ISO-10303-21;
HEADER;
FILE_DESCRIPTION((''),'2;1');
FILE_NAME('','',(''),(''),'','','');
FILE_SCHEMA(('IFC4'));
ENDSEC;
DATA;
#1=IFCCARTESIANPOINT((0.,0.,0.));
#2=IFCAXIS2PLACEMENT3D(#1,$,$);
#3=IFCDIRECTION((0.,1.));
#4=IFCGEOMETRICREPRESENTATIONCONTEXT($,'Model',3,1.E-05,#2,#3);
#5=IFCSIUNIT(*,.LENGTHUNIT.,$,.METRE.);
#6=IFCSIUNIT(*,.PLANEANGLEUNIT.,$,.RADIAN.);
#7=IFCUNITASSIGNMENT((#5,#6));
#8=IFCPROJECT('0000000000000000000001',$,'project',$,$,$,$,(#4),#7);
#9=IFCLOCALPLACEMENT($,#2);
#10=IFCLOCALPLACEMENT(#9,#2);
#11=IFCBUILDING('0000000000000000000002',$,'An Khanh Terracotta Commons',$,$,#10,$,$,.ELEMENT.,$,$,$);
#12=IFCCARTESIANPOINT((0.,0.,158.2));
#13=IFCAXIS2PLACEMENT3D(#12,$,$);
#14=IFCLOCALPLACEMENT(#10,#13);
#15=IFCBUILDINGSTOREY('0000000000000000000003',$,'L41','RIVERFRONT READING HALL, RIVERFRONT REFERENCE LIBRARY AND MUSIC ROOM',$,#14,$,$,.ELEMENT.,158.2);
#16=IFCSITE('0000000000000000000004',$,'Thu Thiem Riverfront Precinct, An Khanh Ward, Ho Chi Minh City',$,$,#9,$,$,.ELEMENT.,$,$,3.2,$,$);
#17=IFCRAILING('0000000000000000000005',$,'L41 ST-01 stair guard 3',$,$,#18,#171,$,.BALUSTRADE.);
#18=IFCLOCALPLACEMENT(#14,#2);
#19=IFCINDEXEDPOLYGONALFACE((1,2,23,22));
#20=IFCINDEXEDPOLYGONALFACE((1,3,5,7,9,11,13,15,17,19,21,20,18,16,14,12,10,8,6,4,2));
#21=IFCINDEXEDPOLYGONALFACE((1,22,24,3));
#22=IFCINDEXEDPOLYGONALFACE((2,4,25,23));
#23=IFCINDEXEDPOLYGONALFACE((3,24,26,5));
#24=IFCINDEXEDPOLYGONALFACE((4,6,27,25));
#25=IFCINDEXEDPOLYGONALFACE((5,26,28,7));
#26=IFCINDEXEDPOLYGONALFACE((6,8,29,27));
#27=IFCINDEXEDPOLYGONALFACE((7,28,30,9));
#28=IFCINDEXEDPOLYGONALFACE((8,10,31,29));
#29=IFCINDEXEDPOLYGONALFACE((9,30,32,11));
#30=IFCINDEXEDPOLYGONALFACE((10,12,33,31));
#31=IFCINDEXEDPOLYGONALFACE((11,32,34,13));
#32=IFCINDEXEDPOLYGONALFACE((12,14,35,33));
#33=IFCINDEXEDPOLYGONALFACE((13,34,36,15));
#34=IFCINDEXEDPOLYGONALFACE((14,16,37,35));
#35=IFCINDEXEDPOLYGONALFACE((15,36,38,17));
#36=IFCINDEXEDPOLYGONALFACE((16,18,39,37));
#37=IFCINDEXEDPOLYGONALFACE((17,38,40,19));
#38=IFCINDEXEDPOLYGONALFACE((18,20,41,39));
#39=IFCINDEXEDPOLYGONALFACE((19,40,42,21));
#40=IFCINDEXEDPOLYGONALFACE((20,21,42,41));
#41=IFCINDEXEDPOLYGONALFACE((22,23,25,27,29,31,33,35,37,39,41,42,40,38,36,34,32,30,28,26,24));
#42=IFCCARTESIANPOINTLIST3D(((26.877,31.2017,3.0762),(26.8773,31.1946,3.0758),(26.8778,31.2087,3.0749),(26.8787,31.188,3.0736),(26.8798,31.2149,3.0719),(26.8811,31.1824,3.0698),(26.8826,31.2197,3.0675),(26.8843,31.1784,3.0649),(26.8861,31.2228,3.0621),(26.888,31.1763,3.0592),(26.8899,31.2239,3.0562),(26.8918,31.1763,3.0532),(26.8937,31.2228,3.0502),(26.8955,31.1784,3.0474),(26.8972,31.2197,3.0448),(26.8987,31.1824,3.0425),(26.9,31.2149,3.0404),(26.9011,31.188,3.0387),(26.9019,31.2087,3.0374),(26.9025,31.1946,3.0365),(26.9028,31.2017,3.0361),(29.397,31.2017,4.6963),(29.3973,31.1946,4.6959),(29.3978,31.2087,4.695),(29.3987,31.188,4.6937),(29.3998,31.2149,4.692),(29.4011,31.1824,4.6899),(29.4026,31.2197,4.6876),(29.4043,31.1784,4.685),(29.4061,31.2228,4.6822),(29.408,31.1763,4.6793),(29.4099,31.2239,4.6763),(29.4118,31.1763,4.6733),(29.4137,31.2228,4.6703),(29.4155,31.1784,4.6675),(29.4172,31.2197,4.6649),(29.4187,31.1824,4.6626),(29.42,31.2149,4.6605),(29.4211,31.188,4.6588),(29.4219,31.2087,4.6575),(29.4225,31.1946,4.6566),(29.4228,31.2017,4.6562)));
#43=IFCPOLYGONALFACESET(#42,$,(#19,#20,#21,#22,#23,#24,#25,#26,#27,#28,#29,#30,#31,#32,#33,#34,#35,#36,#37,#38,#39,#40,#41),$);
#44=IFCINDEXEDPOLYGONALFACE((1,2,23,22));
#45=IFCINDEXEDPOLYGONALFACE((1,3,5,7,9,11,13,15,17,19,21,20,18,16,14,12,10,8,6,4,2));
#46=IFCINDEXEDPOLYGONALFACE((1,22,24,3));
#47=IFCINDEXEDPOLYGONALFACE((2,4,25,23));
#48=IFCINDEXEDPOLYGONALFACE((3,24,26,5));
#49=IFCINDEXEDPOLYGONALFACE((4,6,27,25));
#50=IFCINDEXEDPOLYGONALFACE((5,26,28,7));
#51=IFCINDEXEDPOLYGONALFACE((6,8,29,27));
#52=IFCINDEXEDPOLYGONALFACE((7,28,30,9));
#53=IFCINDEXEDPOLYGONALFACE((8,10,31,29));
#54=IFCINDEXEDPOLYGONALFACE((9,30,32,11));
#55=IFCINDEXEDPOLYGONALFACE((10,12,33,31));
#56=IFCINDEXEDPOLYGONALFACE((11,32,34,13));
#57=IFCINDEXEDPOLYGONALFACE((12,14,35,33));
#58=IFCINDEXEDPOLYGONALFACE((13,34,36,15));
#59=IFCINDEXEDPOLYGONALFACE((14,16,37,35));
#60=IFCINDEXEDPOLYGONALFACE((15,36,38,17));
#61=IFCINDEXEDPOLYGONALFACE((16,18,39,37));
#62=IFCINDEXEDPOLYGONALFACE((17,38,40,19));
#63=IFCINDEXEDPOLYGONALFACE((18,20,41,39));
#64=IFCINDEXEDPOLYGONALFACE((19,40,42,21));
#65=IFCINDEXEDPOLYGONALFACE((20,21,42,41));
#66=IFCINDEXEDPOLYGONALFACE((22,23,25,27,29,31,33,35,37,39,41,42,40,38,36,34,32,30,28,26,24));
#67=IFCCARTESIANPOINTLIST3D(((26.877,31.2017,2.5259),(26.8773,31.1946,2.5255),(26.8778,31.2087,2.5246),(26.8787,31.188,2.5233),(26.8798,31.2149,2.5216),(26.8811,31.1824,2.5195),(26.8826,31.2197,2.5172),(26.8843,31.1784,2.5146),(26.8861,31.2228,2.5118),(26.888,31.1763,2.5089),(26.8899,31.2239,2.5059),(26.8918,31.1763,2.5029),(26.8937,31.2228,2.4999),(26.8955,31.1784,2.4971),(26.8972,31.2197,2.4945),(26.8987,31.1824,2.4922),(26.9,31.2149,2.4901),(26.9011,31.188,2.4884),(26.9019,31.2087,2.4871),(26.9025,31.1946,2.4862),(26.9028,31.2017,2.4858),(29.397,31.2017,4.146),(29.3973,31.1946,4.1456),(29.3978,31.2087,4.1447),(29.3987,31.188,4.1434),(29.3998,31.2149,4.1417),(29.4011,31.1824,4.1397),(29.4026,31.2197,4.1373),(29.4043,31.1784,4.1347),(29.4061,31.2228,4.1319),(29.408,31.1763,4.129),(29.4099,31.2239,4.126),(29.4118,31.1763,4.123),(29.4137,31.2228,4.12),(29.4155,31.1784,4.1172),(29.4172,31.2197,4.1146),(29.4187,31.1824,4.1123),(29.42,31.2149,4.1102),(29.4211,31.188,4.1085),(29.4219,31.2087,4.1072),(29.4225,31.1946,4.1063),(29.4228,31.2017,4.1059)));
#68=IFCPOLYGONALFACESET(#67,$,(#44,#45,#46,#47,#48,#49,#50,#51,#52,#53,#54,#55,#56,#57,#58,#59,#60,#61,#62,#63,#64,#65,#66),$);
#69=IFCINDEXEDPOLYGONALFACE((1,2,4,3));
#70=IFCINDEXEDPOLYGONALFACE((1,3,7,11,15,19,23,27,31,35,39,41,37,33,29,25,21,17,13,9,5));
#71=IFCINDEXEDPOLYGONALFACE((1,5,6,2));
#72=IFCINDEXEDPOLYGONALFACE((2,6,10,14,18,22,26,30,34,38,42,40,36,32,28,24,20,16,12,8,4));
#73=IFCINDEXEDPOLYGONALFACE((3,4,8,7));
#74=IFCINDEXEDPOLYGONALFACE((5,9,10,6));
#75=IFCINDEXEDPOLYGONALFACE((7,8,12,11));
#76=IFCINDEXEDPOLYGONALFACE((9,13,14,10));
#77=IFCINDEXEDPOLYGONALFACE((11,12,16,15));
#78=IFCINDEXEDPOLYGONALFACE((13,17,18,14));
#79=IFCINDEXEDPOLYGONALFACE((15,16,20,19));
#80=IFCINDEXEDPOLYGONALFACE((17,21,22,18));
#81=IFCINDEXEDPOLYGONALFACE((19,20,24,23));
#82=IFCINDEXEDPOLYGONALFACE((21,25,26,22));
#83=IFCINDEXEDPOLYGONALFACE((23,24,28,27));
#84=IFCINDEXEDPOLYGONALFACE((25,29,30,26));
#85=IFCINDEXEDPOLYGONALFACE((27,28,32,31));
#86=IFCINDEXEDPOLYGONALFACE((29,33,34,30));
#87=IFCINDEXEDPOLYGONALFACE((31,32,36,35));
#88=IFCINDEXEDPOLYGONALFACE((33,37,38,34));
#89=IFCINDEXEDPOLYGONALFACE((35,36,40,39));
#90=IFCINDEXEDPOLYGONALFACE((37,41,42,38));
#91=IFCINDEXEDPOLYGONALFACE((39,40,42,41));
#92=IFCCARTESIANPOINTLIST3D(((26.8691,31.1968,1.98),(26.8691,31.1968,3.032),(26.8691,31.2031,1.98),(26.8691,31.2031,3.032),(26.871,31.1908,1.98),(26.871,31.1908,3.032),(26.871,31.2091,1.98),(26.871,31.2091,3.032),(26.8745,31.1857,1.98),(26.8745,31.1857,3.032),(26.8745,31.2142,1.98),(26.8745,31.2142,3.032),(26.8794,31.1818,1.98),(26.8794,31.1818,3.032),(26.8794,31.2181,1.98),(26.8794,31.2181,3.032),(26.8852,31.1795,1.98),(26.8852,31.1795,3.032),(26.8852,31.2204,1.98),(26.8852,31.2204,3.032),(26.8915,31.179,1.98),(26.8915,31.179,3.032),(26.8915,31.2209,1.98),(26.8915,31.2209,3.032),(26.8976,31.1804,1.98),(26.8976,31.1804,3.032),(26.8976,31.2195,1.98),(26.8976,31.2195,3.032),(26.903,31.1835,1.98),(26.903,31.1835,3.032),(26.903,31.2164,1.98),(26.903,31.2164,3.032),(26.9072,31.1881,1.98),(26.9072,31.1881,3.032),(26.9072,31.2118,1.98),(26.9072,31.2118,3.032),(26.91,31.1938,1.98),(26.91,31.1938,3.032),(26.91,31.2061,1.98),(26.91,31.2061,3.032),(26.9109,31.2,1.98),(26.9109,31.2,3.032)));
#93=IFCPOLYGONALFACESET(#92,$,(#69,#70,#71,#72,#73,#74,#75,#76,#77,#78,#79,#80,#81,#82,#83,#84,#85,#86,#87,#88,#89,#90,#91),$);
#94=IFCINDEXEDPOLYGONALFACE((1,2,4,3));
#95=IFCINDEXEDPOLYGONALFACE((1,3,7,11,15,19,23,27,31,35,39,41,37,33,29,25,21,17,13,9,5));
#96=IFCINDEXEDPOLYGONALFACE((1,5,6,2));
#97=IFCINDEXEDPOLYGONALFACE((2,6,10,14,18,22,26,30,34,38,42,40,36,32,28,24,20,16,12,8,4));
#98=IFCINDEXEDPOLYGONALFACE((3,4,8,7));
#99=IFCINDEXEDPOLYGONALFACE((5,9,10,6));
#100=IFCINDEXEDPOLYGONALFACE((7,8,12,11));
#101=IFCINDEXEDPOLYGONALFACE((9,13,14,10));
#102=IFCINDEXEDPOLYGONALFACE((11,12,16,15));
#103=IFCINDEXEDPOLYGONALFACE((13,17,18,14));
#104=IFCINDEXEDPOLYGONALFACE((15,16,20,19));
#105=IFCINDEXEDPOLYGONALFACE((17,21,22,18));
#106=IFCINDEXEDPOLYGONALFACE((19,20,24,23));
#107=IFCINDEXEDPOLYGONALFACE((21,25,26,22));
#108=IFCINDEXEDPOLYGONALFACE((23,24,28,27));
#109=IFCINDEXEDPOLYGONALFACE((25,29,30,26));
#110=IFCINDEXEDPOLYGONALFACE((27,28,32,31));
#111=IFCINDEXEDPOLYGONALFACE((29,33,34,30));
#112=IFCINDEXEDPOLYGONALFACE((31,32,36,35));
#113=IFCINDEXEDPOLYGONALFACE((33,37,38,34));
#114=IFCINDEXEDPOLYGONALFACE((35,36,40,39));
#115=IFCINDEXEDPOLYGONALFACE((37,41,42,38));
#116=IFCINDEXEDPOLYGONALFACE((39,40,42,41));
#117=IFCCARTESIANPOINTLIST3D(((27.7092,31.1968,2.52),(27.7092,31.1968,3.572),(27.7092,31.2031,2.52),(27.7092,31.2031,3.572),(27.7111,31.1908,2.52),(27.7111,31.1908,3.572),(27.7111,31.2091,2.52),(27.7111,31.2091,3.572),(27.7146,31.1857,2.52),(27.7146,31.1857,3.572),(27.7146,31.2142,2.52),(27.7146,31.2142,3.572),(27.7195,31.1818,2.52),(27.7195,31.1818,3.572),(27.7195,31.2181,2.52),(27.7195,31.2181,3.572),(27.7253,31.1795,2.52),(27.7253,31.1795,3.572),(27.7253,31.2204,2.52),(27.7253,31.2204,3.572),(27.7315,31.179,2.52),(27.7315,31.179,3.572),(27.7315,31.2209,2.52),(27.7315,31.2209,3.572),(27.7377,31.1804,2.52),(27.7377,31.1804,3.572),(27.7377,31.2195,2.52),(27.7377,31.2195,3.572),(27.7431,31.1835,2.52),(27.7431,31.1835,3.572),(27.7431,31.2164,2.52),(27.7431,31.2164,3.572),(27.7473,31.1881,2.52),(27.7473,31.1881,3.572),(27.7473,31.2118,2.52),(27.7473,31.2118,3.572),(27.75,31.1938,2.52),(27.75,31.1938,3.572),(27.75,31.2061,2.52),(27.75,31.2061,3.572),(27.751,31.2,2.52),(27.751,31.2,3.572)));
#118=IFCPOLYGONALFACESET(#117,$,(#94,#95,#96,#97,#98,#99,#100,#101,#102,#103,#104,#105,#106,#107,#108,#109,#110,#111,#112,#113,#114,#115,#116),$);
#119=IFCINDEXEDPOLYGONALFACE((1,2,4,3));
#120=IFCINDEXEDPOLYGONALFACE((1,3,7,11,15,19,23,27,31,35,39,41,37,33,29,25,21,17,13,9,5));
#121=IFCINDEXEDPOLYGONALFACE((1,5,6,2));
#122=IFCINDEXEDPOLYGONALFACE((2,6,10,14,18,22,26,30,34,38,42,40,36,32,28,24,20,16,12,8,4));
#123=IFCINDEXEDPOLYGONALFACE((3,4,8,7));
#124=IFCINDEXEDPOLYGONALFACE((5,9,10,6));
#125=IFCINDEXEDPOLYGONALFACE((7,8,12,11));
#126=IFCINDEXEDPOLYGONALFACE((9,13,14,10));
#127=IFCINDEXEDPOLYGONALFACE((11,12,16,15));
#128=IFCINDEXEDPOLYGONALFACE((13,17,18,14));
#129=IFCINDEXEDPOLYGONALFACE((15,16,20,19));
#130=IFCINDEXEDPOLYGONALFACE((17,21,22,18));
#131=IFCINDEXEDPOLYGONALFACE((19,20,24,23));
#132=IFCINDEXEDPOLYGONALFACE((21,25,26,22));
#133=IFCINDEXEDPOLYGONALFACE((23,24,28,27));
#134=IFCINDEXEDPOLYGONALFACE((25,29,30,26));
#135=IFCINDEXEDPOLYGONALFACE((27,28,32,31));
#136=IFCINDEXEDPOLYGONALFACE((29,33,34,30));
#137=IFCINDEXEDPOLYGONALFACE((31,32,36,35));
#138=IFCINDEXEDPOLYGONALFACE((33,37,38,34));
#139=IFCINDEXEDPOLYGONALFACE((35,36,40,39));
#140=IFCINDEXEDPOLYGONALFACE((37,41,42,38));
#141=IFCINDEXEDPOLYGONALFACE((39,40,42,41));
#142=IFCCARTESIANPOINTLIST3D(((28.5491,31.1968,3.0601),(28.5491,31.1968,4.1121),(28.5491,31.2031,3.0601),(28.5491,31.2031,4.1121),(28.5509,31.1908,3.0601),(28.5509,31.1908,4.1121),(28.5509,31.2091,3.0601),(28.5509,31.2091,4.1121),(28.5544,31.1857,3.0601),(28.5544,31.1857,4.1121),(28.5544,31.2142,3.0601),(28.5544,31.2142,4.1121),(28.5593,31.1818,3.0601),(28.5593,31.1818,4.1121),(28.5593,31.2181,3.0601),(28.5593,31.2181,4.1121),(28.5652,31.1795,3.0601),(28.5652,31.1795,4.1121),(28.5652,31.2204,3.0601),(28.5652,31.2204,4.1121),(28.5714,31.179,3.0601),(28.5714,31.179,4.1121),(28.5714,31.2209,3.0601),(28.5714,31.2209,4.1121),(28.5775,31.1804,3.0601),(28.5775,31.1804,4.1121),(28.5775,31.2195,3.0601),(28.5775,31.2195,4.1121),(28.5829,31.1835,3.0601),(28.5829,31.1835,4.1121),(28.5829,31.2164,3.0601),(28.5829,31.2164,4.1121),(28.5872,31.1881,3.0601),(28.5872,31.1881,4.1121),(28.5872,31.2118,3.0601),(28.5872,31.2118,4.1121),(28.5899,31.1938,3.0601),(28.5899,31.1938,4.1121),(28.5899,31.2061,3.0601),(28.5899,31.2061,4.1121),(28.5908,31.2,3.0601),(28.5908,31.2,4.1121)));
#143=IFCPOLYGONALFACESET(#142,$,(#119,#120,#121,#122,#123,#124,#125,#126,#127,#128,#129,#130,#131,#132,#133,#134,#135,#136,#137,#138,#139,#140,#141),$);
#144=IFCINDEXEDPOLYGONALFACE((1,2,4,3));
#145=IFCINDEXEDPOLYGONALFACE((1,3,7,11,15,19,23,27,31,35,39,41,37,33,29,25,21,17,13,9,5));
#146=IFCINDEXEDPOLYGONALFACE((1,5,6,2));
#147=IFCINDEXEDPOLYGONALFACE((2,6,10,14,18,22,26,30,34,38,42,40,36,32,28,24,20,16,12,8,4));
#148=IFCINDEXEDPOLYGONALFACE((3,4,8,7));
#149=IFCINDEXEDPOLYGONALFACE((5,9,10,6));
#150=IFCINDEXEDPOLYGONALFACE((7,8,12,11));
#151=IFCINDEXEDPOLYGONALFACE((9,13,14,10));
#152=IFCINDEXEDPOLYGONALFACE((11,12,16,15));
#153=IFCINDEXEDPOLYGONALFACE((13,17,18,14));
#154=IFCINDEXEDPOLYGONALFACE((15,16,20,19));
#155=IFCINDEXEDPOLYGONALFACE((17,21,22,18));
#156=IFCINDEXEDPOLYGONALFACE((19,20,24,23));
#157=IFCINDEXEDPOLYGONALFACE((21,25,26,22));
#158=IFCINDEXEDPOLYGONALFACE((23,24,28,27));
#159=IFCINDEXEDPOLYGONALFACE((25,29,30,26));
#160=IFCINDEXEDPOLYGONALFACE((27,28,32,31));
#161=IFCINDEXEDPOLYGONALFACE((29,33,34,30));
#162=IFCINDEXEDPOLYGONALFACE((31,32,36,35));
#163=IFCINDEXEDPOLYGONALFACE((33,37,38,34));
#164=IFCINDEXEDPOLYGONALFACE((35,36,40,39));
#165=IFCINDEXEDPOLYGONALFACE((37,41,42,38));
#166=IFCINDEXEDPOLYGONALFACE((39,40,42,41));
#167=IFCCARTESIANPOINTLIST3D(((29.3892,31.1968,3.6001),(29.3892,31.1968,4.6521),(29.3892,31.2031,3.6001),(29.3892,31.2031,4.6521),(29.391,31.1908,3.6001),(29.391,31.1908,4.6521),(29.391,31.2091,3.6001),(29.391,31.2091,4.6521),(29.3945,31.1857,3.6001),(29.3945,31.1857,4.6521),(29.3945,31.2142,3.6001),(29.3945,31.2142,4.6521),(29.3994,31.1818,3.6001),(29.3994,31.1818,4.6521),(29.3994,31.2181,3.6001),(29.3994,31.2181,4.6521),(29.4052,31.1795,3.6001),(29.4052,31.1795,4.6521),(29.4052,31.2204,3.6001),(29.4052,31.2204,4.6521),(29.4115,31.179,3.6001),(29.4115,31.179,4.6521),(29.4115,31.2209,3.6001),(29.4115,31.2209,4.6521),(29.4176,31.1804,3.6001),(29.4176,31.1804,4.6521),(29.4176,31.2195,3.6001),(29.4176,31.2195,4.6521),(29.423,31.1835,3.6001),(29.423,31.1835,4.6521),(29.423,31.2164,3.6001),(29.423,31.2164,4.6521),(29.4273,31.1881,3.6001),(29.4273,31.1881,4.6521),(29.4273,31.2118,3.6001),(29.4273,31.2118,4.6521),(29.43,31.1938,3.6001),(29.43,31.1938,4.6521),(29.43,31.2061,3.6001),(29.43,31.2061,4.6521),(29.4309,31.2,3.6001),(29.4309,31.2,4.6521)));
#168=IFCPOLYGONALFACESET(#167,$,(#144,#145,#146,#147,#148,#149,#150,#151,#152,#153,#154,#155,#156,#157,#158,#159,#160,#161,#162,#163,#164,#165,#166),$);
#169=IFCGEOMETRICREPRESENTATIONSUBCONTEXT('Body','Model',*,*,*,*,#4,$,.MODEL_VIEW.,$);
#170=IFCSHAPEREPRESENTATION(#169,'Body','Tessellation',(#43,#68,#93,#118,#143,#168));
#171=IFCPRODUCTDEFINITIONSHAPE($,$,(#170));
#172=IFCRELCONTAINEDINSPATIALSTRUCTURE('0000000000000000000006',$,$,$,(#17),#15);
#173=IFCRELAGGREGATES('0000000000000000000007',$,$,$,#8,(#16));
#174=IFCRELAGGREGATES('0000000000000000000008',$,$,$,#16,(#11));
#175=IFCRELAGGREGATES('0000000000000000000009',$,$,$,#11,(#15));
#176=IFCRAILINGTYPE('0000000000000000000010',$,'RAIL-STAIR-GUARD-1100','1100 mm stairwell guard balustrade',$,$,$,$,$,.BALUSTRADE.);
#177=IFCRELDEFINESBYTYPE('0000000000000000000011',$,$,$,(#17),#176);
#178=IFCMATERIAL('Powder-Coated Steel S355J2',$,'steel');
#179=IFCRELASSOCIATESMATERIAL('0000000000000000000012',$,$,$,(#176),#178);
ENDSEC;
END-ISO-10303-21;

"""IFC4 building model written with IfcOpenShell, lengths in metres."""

from ifc_helpers import new_model, si_unit, direction, frame, origin, origin_2d, place, context, subcontext, project, spatial, circle, extrude, material, type_object, element, save


model = new_model("IFC4")

# Units and contexts
model_context = context("Model", 3, precision=1e-05, world=origin(), true_north=direction((0.0, 1.0)))
body_context = subcontext(model_context, "Body", "Model", "MODEL_VIEW")
ifc_project = project(units=[si_unit("LENGTHUNIT", "METRE"), si_unit("PLANEANGLEUNIT", "RADIAN")], contexts=[model_context])

# Site, building, storey
site_placement = place(None, origin())
site = spatial("IfcSite", under=ifc_project, at=site_placement, Name="Thu Thiem Riverfront Precinct, An Khanh Ward, Ho Chi Minh City", CompositionType="ELEMENT", RefElevation=3.2)
building_placement = place(site_placement, origin())
building = spatial("IfcBuilding", under=site, at=building_placement, Name="An Khanh Terracotta Commons", CompositionType="ELEMENT")
storey_placement = place(building_placement, frame((0.0, 0.0, 158.2)))
storey = spatial("IfcBuildingStorey", under=building, at=storey_placement, Name="L41", Description="RIVERFRONT READING HALL, RIVERFRONT REFERENCE LIBRARY AND MUSIC ROOM", CompositionType="ELEMENT", Elevation=158.2)

# Railing
ifc_material_1 = material(Name="Powder-Coated Steel S355J2", Category="steel")
railing_type_1 = type_object("IfcRailingType", Name="RAIL-STAIR-GUARD-1100", Description="1100 mm stairwell guard balustrade", PredefinedType="BALUSTRADE", material=ifc_material_1)
railing_1_placement = place(storey_placement, frame((26.8899, 31.2, 1.98)))
element("IfcRailing", 1, at=railing_1_placement, inside=storey, type_object=railing_type_1, Name="L41 ST-01 stair guard 3", PredefinedType="BALUSTRADE", context=body_context, shape_type="SweptSolid", body=[
    extrude(circle(Radius=0.0239, at=origin_2d()), frame((0.0, 0.0, 1.0762), z_axis=(0.841163, 0.0, 0.540782), x_axis=(0.0, 1.0, 0.0)), (0.0, 0.0, 1.0), 2.9958),
    extrude(circle(Radius=0.0239, at=origin_2d()), frame((0.0, 0.0, 0.5259), z_axis=(0.841163, 0.0, 0.540782), x_axis=(0.0, 1.0, 0.0)), (0.0, 0.0, 1.0), 2.9958),
    extrude(circle(Radius=0.021, at=origin_2d()), origin(), (0.0, 0.0, 1.0), 1.052),
    extrude(circle(Radius=0.021, at=origin_2d()), frame((0.8401, 0.0, 0.54)), (0.0, 0.0, 1.0), 1.052),
    extrude(circle(Radius=0.021, at=origin_2d()), frame((1.6799, 0.0, 1.0801)), (0.0, 0.0, 1.0), 1.052),
    extrude(circle(Radius=0.021, at=origin_2d()), frame((2.52, 0.0, 1.6201)), (0.0, 0.0, 1.0), 1.052),
])

save(model, "model.ifc")
